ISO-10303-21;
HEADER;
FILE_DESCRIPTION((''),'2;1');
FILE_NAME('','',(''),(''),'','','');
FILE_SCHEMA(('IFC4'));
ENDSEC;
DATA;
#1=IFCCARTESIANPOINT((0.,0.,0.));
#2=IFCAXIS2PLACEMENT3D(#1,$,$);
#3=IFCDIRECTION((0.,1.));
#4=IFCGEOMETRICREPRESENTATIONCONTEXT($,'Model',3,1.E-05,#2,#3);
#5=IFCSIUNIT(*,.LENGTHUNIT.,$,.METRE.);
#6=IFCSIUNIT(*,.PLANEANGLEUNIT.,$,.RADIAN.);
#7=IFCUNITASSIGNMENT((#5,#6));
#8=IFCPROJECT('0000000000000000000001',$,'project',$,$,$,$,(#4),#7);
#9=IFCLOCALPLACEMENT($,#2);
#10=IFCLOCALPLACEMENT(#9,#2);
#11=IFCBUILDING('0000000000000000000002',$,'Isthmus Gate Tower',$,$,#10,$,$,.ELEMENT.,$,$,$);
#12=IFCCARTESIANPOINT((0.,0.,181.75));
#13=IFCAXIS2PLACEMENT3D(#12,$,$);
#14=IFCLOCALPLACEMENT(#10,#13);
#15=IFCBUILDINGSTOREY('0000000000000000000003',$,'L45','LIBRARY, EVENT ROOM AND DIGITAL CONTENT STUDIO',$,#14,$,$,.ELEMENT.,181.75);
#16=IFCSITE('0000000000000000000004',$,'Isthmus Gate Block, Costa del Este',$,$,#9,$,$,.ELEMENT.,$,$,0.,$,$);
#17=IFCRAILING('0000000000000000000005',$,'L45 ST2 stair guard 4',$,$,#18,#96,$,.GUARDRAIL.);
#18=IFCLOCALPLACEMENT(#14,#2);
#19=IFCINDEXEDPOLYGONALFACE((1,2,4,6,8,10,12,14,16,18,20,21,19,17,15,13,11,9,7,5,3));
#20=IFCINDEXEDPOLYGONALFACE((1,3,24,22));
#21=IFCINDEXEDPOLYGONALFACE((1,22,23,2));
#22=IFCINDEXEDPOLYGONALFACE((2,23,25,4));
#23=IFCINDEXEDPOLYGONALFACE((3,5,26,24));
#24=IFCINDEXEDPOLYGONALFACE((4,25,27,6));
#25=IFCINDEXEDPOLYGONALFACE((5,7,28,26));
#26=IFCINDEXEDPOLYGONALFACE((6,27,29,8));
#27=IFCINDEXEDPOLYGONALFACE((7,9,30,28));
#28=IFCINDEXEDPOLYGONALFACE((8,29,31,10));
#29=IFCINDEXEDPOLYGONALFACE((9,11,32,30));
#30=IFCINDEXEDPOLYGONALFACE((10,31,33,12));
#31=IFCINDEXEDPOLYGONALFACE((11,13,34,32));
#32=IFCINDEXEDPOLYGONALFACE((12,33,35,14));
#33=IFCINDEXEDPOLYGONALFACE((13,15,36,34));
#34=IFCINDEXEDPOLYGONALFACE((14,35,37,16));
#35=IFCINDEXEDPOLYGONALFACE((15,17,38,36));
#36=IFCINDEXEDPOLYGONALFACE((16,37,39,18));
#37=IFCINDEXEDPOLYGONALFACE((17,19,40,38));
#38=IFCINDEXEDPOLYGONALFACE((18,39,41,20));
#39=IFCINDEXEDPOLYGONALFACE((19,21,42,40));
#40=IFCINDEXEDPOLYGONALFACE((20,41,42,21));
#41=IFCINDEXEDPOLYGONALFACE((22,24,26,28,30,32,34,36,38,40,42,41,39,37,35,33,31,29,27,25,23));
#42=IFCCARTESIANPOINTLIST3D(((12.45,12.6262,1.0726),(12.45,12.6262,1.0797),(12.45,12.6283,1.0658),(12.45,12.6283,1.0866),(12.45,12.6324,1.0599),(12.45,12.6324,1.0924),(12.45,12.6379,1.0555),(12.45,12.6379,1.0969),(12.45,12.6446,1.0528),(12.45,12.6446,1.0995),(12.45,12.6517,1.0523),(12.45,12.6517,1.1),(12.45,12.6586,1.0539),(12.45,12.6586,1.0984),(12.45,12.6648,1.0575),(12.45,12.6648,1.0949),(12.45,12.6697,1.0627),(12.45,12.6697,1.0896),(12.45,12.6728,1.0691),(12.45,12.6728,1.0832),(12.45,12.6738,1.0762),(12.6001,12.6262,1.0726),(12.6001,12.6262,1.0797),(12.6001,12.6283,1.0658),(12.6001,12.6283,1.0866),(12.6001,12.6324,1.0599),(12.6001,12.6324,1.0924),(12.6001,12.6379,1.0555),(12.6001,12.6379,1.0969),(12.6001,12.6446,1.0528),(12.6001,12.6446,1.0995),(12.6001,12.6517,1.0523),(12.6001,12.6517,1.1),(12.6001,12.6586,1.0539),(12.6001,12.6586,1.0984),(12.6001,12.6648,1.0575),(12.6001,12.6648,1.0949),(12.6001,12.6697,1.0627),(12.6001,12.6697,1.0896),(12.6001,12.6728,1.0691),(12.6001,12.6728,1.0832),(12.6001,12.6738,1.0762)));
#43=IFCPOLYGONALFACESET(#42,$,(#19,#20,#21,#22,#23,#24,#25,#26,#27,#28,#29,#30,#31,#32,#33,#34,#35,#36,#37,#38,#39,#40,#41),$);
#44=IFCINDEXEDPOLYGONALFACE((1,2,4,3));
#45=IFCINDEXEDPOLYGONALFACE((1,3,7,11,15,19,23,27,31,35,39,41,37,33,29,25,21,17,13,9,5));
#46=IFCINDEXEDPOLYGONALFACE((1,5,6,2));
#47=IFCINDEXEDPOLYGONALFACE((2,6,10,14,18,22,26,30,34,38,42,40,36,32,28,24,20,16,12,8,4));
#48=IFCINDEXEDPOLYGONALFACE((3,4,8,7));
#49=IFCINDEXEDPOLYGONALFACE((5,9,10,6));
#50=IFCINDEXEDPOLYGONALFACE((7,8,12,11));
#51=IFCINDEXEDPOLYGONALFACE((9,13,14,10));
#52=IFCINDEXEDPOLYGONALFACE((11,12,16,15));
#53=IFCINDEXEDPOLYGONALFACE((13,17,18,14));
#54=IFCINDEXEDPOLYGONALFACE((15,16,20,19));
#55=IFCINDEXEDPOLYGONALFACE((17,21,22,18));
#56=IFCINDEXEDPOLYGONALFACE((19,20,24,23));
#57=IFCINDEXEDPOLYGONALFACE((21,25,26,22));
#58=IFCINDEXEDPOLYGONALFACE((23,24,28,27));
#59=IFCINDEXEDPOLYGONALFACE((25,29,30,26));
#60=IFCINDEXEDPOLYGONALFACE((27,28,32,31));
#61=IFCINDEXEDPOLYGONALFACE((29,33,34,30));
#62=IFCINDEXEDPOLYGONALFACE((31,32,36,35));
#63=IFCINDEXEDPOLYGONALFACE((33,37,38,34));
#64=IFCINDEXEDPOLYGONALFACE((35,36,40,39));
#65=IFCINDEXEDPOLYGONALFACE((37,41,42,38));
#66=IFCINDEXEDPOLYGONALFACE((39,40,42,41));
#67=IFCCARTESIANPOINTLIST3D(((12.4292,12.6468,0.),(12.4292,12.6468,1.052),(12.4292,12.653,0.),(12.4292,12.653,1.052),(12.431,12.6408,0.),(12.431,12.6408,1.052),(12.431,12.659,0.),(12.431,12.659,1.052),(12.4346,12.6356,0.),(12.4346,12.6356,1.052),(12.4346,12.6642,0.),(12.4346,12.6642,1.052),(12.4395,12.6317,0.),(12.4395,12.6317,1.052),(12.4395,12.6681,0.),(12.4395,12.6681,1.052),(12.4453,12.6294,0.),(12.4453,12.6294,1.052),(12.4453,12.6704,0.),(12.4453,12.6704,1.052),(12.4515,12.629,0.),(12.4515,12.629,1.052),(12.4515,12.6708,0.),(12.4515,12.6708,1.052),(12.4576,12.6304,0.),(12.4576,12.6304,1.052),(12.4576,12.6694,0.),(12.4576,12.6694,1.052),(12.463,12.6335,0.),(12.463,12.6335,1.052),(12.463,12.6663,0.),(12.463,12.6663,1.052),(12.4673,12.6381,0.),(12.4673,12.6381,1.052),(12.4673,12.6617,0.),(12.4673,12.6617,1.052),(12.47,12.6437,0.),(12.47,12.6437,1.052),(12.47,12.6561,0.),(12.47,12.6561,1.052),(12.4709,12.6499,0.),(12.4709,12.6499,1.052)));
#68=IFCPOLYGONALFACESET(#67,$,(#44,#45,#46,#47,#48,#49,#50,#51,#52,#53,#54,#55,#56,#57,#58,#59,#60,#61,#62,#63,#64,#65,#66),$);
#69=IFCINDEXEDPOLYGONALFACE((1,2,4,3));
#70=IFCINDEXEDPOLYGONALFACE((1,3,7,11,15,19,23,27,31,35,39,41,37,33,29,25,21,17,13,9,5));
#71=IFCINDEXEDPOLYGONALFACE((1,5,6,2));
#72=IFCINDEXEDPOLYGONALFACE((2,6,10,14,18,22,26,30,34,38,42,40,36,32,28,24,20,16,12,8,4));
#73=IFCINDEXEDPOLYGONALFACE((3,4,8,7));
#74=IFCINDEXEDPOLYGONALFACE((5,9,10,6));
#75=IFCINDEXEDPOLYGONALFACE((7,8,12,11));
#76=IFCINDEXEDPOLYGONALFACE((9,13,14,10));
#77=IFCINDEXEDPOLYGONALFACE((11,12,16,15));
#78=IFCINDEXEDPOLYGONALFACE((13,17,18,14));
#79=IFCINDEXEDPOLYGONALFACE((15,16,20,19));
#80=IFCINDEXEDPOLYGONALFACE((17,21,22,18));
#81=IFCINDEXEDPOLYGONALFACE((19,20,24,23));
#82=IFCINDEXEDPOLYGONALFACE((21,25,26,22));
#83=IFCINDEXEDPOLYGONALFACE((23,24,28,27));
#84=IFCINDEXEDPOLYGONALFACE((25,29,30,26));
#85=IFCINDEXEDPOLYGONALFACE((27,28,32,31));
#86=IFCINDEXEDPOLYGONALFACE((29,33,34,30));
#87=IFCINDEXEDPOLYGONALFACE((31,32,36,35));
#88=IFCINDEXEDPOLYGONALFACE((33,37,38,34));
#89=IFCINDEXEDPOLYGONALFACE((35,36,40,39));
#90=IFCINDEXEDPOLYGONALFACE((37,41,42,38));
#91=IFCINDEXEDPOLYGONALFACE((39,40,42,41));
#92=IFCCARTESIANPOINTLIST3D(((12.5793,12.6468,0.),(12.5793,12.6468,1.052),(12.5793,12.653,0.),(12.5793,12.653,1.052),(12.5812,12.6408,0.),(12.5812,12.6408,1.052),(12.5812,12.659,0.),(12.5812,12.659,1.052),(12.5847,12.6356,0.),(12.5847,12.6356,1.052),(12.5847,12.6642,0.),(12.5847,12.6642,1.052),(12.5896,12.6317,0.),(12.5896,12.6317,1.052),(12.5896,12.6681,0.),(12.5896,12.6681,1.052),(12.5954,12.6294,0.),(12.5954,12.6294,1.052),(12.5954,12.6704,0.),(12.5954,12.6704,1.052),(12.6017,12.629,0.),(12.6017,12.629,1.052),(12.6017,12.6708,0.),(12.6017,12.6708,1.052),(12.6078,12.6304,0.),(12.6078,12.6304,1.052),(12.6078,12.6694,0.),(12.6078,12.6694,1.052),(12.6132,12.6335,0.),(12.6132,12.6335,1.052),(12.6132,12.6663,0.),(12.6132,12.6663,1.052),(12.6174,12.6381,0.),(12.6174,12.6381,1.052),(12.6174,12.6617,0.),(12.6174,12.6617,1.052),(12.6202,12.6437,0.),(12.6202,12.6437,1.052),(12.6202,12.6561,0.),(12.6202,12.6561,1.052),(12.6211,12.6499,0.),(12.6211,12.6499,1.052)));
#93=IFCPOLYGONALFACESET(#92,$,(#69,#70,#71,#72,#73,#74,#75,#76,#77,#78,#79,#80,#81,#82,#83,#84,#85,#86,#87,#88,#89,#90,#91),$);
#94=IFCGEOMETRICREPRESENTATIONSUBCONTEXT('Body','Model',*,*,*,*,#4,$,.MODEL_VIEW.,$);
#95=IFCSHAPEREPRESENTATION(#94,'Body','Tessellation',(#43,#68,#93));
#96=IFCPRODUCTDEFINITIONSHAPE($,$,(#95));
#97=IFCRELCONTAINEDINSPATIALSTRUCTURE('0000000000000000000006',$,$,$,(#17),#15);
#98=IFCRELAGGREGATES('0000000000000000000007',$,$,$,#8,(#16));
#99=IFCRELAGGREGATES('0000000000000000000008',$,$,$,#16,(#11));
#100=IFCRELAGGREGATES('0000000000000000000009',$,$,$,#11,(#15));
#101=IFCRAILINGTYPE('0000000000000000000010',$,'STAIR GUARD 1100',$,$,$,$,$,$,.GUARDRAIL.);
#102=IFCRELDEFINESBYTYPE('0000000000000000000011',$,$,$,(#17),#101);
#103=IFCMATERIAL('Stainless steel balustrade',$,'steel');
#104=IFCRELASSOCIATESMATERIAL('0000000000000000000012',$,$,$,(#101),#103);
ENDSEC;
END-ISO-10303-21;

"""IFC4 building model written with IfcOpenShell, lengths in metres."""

from ifc_helpers import new_model, si_unit, direction, frame, origin, origin_2d, place, context, subcontext, project, spatial, circle, extrude, material, type_object, element, save


model = new_model("IFC4")

# Units and contexts
model_context = context("Model", 3, precision=1e-05, world=origin(), true_north=direction((0.0, 1.0)))
body_context = subcontext(model_context, "Body", "Model", "MODEL_VIEW")
ifc_project = project(units=[si_unit("LENGTHUNIT", "METRE"), si_unit("PLANEANGLEUNIT", "RADIAN")], contexts=[model_context])

# Site, building, storey
site_placement = place(None, origin())
site = spatial("IfcSite", under=ifc_project, at=site_placement, Name="Isthmus Gate Block, Costa del Este", CompositionType="ELEMENT", RefElevation=0.0)
building_placement = place(site_placement, origin())
building = spatial("IfcBuilding", under=site, at=building_placement, Name="Isthmus Gate Tower", CompositionType="ELEMENT")
storey_placement = place(building_placement, frame((0.0, 0.0, 181.75)))
storey = spatial("IfcBuildingStorey", under=building, at=storey_placement, Name="L45", Description="LIBRARY, EVENT ROOM AND DIGITAL CONTENT STUDIO", CompositionType="ELEMENT", Elevation=181.75)

# Railing
ifc_material_1 = material(Name="Stainless steel balustrade", Category="steel")
railing_type_1 = type_object("IfcRailingType", Name="STAIR GUARD 1100", PredefinedType="GUARDRAIL", material=ifc_material_1)
railing_1_placement = place(storey_placement, frame((12.45, 12.6499, 0.0)))
element("IfcRailing", 1, at=railing_1_placement, inside=storey, type_object=railing_type_1, Name="L45 ST2 stair guard 4", PredefinedType="GUARDRAIL", context=body_context, shape_type="SweptSolid", body=[
    extrude(circle(Radius=0.0239, at=origin_2d()), frame((0.0, 0.0, 1.0762), z_axis=(1.0, 0.0, 0.0), x_axis=(0.0, 1.0, 0.0)), (0.0, 0.0, 1.0), 0.1501),
    extrude(circle(Radius=0.021, at=origin_2d()), origin(), (0.0, 0.0, 1.0), 1.052),
    extrude(circle(Radius=0.021, at=origin_2d()), frame((0.1501, 0.0, 0.0)), (0.0, 0.0, 1.0), 1.052),
])

save(model, "model.ifc")
